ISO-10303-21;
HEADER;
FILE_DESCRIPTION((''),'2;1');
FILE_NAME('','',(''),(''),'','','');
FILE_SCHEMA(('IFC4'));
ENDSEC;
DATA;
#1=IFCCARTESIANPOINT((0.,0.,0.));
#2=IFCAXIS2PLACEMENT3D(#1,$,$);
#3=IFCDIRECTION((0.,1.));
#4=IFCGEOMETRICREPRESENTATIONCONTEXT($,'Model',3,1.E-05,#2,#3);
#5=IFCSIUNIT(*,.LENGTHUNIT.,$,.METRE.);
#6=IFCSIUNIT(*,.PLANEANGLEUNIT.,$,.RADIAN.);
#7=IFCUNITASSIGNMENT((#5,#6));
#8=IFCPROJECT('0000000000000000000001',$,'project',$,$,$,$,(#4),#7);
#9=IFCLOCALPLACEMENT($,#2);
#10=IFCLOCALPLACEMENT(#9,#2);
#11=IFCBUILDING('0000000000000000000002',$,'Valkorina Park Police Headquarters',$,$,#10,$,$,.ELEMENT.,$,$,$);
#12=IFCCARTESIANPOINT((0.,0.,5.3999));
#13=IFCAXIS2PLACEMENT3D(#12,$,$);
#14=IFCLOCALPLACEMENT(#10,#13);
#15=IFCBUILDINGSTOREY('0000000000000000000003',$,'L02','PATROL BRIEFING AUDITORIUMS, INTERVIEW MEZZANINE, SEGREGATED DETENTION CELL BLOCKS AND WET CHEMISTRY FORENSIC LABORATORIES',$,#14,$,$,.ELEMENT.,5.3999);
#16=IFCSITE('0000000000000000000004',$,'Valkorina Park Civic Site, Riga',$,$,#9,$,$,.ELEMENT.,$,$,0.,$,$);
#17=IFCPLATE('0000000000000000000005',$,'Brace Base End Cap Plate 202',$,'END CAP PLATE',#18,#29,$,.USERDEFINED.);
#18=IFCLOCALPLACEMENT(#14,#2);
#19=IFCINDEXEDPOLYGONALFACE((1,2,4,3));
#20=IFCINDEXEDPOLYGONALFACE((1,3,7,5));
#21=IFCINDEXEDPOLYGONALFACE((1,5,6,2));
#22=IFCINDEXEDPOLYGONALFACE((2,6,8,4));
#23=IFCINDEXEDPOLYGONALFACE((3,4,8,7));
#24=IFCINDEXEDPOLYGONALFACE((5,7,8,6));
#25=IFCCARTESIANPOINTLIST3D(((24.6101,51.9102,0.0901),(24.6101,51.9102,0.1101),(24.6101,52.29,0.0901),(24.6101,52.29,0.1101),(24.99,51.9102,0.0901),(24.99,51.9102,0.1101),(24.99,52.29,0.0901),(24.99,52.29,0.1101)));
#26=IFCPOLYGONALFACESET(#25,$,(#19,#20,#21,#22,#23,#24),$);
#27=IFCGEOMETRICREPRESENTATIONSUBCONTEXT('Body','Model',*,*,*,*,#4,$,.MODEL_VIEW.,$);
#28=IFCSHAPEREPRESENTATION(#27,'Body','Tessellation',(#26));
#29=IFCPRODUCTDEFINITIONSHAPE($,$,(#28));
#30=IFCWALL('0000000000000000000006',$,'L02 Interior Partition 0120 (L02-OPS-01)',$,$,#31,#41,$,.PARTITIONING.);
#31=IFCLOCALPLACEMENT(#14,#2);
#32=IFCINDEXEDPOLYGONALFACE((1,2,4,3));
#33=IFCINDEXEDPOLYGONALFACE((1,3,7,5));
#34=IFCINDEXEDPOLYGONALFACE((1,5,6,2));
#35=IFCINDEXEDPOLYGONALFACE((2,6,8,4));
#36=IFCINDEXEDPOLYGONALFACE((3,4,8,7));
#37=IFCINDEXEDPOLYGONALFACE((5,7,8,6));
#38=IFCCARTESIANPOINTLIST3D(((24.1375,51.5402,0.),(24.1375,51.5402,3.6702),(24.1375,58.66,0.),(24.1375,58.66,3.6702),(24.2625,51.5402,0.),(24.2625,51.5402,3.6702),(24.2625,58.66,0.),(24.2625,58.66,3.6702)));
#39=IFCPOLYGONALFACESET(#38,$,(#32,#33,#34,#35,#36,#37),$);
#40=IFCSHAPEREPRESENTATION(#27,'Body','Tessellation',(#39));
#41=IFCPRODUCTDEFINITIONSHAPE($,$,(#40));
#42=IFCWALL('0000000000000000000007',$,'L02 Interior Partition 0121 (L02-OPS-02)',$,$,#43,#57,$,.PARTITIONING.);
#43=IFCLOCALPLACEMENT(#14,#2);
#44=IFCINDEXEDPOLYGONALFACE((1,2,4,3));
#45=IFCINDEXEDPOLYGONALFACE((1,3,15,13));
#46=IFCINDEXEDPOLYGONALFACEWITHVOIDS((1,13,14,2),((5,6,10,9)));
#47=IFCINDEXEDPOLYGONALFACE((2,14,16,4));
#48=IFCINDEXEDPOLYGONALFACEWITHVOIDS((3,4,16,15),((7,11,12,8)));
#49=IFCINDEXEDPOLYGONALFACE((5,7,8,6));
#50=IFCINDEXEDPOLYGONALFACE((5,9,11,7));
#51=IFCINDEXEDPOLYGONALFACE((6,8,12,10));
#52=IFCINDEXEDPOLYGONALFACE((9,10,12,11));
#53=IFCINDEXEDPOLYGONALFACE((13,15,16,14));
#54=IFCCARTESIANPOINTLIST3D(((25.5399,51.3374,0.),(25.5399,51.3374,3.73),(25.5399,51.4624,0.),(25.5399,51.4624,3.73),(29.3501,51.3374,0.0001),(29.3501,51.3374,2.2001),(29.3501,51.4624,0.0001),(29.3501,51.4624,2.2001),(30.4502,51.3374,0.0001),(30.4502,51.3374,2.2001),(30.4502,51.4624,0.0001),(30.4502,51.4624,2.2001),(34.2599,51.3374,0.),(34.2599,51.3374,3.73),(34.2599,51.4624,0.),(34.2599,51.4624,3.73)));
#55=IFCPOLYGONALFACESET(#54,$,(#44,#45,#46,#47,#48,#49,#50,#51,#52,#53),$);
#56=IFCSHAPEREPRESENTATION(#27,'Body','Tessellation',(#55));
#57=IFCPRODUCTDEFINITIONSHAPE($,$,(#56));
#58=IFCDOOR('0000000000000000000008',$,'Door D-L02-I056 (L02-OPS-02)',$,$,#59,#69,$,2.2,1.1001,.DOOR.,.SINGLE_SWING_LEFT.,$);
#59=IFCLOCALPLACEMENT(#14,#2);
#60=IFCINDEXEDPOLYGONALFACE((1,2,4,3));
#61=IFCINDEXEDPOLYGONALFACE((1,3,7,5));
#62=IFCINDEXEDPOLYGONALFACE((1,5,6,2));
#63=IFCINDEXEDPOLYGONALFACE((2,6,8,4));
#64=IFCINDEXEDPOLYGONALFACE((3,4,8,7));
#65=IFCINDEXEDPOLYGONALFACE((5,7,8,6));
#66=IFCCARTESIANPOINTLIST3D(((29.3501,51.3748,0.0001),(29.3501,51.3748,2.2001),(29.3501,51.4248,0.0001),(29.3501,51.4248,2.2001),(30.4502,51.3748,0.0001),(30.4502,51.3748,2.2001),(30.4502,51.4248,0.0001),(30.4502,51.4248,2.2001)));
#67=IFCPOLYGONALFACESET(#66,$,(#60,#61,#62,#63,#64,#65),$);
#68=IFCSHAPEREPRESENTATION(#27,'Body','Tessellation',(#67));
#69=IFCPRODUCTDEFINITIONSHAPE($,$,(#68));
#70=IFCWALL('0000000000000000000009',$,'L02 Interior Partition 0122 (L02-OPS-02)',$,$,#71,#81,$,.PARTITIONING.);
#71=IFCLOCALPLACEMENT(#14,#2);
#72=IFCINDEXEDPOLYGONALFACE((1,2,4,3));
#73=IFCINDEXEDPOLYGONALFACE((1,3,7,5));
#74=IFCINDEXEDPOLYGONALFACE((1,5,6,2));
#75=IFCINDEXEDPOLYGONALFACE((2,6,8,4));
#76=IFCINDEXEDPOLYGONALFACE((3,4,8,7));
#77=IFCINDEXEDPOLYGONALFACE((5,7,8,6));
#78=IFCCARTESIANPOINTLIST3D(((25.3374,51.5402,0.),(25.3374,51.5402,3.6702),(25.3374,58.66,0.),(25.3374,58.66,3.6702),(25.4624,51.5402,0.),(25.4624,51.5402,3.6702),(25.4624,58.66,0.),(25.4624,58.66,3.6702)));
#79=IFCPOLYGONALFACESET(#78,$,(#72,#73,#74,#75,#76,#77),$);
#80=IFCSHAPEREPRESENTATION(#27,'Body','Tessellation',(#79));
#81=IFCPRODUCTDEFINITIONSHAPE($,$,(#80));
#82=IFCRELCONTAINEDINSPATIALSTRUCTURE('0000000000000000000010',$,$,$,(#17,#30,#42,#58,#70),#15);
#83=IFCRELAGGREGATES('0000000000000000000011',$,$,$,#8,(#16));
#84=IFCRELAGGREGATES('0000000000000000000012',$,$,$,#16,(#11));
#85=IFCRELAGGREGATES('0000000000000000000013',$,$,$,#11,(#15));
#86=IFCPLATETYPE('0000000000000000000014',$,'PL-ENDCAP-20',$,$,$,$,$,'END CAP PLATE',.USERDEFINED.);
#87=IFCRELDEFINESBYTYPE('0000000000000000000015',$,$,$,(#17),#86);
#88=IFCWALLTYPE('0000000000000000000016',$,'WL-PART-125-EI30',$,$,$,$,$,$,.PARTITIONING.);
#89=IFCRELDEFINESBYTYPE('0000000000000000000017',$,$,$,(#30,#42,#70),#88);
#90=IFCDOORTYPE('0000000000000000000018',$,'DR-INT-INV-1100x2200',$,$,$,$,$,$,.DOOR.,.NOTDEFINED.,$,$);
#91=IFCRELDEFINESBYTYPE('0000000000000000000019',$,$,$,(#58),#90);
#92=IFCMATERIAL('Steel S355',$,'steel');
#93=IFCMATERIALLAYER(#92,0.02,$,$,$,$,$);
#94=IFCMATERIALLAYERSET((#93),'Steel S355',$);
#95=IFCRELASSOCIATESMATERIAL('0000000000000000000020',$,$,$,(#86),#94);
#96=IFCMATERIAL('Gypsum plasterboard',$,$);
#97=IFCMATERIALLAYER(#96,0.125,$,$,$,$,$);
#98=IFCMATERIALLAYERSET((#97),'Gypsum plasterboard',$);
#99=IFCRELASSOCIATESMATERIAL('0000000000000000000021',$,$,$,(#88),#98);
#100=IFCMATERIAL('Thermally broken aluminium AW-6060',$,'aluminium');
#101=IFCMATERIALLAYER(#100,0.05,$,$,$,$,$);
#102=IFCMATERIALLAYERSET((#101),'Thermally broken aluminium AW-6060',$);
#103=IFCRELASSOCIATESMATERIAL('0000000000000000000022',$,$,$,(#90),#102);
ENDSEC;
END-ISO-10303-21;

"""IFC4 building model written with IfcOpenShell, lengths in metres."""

from ifc_helpers import new_model, si_unit, direction, frame, frame_2d, origin, origin_2d, place, context, subcontext, project, spatial, rectangle, extrude, material, layer, layer_set, type_object, element, fill, save


model = new_model("IFC4")

# Units and contexts
model_context = context("Model", 3, precision=1e-05, world=origin(), true_north=direction((0.0, 1.0)))
body_context = subcontext(model_context, "Body", "Model", "MODEL_VIEW")
ifc_project = project(units=[si_unit("LENGTHUNIT", "METRE"), si_unit("PLANEANGLEUNIT", "RADIAN")], contexts=[model_context])

# Site, building, storey
site_placement = place(None, origin())
site = spatial("IfcSite", under=ifc_project, at=site_placement, Name="Valkorina Park Civic Site, Riga", CompositionType="ELEMENT", RefElevation=0.0)
building_placement = place(site_placement, origin())
building = spatial("IfcBuilding", under=site, at=building_placement, Name="Valkorina Park Police Headquarters", CompositionType="ELEMENT")
storey_placement = place(building_placement, frame((0.0, 0.0, 5.3999)))
storey = spatial("IfcBuildingStorey", under=building, at=storey_placement, Name="L02", Description="PATROL BRIEFING AUDITORIUMS, INTERVIEW MEZZANINE, SEGREGATED DETENTION CELL BLOCKS AND WET CHEMISTRY FORENSIC LABORATORIES", CompositionType="ELEMENT", Elevation=5.3999)

# Shared definitions
ifc_material_1 = material(Name="Steel S355", Category="steel")

# Plate
ifc_layer_1 = layer(ifc_material_1, 0.02)
ifc_layer_set_1 = layer_set([ifc_layer_1], Name="Steel S355")
plate_type = type_object("IfcPlateType", Name="PL-ENDCAP-20", ElementType="END CAP PLATE", PredefinedType="USERDEFINED", material=ifc_layer_set_1)
plate_placement = place(storey_placement, frame((24.8, 52.1001, 0.0901), z_axis=(0.0, 0.0, 1.0), x_axis=(1.0, 0.0, 0.0)))
element("IfcPlate", 1, at=plate_placement, inside=storey, type_object=plate_type, Name="Brace Base End Cap Plate 202", ObjectType="END CAP PLATE", PredefinedType="USERDEFINED", context=body_context, shape_type="SweptSolid", body=[
    extrude(rectangle(XDim=0.3799, YDim=0.3799, at=origin_2d()), origin(), (0.0, 0.0, 1.0), 0.02),
])

# Wall
ifc_material_2 = material(Name="Gypsum plasterboard")
ifc_layer_2 = layer(ifc_material_2, 0.125)
ifc_layer_set_2 = layer_set([ifc_layer_2], Name="Gypsum plasterboard")
wall_type = type_object("IfcWallType", Name="WL-PART-125-EI30", PredefinedType="PARTITIONING", material=ifc_layer_set_2)
wall_1_placement = place(storey_placement, frame((24.2, 51.54, 0.0), z_axis=(0.0, 0.0, 1.0), x_axis=(0.0, 1.0, 0.0)))
element("IfcWall", 2, at=wall_1_placement, inside=storey, type_object=wall_type, Name="L02 Interior Partition 0120 (L02-OPS-01)", PredefinedType="PARTITIONING", context=body_context, shape_type="SweptSolid", body=[
    extrude(rectangle(XDim=7.1199, YDim=0.125, at=frame_2d((3.5601, 0.0))), origin(), (0.0, 0.0, 1.0), 3.6702),
])

# Wall, opening, door
wall_2_placement = place(storey_placement, frame((25.54, 51.3999, 0.0), z_axis=(0.0, 0.0, 1.0), x_axis=(1.0, 0.0, 0.0)))
wall_2 = element("IfcWall", 3, at=wall_2_placement, inside=storey, type_object=wall_type, Name="L02 Interior Partition 0121 (L02-OPS-02)", PredefinedType="PARTITIONING", context=body_context, shape_type="SweptSolid", body=[
    extrude(rectangle(XDim=8.72, YDim=0.125, at=frame_2d((4.3599, 0.0))), origin(), (0.0, 0.0, 1.0), 3.73),
])
opening_placement = place(wall_2_placement, frame((3.8101, 0.0, 0.0)))
opening = element("IfcOpeningElement", 4, at=opening_placement, cuts=wall_2, PredefinedType="OPENING", context=body_context, shape_type="SweptSolid", body=[
    extrude(rectangle(XDim=1.1001, YDim=2.2, at=frame_2d((0.55, 1.1001))), frame((0.0, 0.0725, 0.0), z_axis=(0.0, -1.0, 0.0), x_axis=(1.0, 0.0, 0.0)), (0.0, 0.0, 1.0), 0.145),
])
ifc_material_3 = material(Name="Thermally broken aluminium AW-6060", Category="aluminium")
ifc_layer_3 = layer(ifc_material_3, 0.05)
ifc_layer_set_3 = layer_set([ifc_layer_3], Name="Thermally broken aluminium AW-6060")
door_type = type_object("IfcDoorType", Name="DR-INT-INV-1100x2200", OperationType="NOTDEFINED", PredefinedType="DOOR", material=ifc_layer_set_3)
door_placement = place(opening_placement, origin())
door = element("IfcDoor", 5, at=door_placement, inside=storey, type_object=door_type, Name="Door D-L02-I056 (L02-OPS-02)", OperationType="SINGLE_SWING_LEFT", OverallHeight=2.2, OverallWidth=1.1001, PredefinedType="DOOR", context=body_context, shape_type="SweptSolid", body=[
    extrude(rectangle(XDim=1.1001, YDim=2.2, at=frame_2d((0.55, 1.1001))), frame((0.0, 0.0249, 0.0), z_axis=(0.0, -1.0, 0.0), x_axis=(1.0, 0.0, 0.0)), (0.0, 0.0, 1.0), 0.05),
])
fill(opening, door)

# Wall
wall_3_placement = place(storey_placement, frame((25.3999, 51.54, 0.0), z_axis=(0.0, 0.0, 1.0), x_axis=(0.0, 1.0, 0.0)))
element("IfcWall", 6, at=wall_3_placement, inside=storey, type_object=wall_type, Name="L02 Interior Partition 0122 (L02-OPS-02)", PredefinedType="PARTITIONING", context=body_context, shape_type="SweptSolid", body=[
    extrude(rectangle(XDim=7.1199, YDim=0.125, at=frame_2d((3.5601, 0.0))), origin(), (0.0, 0.0, 1.0), 3.6702),
])

save(model, "model.ifc")
